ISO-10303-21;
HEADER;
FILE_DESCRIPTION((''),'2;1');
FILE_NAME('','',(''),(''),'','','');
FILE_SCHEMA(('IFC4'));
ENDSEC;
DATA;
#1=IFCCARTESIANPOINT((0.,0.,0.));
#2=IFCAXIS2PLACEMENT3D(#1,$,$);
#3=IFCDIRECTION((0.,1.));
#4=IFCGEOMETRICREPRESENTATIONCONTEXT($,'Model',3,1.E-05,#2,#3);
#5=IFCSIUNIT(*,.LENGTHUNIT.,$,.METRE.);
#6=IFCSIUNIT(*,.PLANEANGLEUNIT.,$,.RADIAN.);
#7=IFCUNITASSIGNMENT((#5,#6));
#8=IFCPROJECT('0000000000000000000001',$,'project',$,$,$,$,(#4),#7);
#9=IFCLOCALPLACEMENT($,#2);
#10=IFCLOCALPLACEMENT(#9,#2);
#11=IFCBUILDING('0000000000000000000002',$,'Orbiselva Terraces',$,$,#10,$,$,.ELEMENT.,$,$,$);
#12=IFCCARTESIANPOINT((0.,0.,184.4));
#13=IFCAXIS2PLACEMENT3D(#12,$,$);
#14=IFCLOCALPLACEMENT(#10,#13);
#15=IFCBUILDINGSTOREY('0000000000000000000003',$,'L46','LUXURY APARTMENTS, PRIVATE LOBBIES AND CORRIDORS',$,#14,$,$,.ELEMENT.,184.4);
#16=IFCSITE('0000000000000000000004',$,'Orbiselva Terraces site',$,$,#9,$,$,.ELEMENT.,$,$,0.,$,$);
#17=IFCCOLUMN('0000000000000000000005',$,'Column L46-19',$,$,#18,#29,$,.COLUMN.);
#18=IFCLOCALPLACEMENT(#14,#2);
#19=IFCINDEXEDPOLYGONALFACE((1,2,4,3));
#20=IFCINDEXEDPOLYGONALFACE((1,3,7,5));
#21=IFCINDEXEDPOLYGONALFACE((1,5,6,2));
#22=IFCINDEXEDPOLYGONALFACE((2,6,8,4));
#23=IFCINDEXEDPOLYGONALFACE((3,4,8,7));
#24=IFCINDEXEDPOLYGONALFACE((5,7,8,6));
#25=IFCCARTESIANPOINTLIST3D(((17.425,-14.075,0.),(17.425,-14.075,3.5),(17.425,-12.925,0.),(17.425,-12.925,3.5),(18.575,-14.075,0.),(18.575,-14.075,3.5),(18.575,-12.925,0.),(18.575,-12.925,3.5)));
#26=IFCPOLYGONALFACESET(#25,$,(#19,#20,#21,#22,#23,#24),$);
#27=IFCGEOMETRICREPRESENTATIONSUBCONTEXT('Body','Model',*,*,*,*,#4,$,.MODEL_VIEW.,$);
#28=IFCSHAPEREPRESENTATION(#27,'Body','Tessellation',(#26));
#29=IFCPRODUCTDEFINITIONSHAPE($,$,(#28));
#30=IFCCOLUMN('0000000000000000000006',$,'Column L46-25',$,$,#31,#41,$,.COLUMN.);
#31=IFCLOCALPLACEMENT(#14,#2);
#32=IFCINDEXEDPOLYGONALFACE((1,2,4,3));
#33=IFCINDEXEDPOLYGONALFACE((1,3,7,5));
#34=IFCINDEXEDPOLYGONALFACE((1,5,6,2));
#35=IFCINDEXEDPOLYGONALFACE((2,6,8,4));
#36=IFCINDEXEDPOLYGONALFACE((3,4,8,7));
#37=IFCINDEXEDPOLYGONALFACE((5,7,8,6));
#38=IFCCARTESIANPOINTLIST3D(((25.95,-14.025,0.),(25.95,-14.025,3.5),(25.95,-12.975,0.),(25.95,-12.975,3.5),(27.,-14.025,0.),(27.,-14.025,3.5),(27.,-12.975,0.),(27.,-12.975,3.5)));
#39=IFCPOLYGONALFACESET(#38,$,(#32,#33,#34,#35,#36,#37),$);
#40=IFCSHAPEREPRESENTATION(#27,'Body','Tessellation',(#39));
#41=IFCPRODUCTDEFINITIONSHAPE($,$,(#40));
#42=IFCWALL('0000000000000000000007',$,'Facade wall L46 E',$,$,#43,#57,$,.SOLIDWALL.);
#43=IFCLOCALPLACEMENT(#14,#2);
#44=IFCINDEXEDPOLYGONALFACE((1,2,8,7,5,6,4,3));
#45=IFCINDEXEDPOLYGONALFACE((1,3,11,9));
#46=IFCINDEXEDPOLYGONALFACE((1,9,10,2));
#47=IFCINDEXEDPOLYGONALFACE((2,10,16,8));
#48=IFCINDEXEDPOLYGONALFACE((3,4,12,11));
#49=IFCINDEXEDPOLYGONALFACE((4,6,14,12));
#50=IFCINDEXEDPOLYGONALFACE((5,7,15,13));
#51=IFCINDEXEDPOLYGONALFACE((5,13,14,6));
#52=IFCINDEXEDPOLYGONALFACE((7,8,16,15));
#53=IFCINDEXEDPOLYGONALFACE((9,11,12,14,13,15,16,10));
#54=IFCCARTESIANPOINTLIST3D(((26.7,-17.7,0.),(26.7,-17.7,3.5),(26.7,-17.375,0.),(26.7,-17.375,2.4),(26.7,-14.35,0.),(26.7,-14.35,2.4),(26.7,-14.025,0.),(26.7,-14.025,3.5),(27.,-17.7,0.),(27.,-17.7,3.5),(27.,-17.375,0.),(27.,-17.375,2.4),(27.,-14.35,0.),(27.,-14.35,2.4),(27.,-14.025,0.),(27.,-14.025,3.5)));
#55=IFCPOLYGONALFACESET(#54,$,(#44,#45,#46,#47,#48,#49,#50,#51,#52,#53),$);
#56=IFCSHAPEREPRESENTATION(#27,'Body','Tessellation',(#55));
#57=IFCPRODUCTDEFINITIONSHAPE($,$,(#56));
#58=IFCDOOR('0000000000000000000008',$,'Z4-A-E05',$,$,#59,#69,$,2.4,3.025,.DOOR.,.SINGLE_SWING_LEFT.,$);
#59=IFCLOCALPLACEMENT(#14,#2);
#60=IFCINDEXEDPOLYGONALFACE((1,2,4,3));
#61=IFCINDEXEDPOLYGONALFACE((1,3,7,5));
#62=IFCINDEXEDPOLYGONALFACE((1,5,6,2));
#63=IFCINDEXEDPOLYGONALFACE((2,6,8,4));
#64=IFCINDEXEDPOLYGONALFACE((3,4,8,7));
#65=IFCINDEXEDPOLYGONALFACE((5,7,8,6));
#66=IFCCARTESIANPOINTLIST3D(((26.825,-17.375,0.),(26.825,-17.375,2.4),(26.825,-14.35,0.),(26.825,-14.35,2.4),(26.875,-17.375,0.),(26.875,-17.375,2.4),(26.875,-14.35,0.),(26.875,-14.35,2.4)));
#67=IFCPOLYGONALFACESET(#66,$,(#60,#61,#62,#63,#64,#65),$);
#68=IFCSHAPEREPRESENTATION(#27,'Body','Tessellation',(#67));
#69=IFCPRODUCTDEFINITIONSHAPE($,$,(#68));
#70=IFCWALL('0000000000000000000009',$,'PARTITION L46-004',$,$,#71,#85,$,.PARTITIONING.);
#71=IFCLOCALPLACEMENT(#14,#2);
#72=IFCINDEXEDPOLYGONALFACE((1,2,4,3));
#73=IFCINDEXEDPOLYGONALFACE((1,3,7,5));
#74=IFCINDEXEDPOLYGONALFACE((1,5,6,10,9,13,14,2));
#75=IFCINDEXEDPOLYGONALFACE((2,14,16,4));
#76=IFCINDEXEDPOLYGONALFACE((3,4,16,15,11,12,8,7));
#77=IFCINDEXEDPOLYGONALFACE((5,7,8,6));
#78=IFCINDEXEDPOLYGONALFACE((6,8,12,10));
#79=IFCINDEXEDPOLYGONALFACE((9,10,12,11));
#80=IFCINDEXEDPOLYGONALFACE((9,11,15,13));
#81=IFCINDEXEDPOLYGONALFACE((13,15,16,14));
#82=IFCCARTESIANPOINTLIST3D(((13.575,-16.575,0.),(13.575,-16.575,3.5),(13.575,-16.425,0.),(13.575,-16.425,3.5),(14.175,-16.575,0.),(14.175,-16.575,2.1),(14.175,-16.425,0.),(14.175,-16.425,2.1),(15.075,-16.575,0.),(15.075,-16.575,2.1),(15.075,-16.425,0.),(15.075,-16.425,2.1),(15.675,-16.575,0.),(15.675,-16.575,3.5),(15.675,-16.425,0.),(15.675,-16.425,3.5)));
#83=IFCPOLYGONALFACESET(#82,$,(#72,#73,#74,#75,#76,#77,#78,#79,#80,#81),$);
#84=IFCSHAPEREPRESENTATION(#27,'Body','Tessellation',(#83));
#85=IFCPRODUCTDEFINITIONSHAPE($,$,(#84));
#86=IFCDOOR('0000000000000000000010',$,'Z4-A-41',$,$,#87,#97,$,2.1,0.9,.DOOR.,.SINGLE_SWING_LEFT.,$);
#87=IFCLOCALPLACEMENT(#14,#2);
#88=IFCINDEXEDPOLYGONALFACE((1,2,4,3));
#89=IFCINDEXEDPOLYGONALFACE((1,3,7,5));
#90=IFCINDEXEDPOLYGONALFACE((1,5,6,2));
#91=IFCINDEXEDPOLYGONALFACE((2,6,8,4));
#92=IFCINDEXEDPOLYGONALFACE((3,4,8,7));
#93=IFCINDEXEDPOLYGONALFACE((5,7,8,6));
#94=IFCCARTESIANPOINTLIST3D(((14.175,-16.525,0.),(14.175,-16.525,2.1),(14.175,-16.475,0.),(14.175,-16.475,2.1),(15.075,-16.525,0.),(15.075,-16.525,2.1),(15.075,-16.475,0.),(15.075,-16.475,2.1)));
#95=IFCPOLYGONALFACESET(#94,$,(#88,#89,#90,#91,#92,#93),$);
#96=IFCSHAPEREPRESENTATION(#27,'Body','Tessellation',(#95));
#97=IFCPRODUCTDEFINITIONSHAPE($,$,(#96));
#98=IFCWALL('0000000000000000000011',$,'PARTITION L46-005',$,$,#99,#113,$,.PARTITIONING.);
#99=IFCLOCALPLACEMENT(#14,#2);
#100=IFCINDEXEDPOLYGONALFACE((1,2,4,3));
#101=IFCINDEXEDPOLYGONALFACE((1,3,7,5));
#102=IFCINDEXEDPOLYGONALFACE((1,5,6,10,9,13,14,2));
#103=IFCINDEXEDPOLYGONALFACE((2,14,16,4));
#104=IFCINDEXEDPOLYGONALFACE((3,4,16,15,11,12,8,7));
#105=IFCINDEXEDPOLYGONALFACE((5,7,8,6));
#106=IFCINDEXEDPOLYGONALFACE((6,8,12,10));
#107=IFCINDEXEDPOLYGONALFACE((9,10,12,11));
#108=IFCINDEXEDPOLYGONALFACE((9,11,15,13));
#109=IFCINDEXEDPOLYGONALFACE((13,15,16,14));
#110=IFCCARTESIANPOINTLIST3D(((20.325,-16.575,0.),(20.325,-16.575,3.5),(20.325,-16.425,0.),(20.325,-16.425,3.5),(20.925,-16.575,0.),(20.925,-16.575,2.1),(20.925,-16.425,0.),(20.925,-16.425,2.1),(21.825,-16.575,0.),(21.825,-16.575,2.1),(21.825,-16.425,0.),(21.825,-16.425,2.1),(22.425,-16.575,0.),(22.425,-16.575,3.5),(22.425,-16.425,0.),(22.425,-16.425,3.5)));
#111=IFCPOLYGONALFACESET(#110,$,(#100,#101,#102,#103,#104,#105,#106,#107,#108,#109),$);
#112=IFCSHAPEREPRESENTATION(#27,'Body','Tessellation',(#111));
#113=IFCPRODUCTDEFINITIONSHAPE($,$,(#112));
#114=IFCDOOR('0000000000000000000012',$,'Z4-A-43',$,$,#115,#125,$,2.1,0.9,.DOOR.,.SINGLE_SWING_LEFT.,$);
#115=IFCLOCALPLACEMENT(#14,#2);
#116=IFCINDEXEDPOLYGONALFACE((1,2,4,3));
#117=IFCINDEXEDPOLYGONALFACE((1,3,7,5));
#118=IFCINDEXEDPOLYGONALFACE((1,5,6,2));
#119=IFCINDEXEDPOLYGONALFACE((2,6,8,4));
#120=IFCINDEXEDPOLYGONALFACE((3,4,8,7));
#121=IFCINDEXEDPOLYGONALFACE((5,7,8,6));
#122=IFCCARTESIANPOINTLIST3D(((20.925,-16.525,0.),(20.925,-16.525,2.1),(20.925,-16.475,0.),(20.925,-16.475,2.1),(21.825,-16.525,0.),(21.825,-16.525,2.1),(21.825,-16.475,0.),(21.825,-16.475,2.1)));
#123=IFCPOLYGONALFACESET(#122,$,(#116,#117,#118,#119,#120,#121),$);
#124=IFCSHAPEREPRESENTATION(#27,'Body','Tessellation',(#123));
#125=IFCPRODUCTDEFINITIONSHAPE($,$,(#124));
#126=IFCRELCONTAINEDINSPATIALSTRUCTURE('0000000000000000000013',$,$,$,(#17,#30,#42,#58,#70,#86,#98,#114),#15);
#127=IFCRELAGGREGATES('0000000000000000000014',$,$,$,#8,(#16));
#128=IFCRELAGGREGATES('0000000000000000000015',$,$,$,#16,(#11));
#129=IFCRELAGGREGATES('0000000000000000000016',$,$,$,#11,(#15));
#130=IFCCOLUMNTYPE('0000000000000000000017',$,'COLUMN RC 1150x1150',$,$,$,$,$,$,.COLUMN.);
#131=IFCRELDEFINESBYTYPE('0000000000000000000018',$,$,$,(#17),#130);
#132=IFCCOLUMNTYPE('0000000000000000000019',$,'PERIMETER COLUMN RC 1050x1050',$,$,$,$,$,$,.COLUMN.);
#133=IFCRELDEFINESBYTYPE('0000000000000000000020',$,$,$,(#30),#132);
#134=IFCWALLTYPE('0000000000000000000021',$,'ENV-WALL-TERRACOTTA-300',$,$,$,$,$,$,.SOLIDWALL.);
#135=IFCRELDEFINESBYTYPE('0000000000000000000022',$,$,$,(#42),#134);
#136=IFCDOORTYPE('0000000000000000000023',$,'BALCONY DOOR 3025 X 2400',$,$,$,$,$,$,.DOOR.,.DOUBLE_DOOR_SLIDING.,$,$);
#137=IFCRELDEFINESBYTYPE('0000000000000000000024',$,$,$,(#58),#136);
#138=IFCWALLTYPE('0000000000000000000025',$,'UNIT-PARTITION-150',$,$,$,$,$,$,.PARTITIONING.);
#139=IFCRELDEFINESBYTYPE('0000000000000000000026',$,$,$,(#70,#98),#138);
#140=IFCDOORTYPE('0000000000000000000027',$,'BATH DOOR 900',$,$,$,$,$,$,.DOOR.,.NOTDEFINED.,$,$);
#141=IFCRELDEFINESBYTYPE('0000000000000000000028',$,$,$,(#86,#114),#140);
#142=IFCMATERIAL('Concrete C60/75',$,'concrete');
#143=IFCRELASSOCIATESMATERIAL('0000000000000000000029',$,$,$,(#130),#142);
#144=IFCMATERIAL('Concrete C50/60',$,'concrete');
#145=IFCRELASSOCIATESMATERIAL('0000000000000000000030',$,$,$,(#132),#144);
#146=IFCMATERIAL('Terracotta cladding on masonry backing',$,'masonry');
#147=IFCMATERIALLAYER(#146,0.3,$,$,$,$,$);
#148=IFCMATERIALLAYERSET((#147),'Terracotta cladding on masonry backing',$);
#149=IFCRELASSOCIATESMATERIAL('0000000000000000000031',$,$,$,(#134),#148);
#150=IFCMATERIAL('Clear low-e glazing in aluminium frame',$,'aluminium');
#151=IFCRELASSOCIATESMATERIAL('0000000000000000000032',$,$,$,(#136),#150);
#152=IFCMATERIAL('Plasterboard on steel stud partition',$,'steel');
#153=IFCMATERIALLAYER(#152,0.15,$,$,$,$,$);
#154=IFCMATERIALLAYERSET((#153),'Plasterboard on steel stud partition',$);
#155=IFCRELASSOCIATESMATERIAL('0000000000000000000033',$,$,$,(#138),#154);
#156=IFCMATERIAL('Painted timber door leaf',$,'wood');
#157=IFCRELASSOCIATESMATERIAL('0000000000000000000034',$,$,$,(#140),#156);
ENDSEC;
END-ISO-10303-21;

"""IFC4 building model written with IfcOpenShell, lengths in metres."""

from ifc_helpers import new_model, si_unit, direction, frame, frame_2d, origin, origin_2d, place, context, subcontext, project, spatial, rectangle, extrude, material, layer, layer_set, material_profile, profile_set, type_object, element, fill, save


model = new_model("IFC4")

# Units and contexts
model_context = context("Model", 3, precision=1e-05, world=origin(), true_north=direction((0.0, 1.0)))
body_context = subcontext(model_context, "Body", "Model", "MODEL_VIEW")
ifc_project = project(units=[si_unit("LENGTHUNIT", "METRE"), si_unit("PLANEANGLEUNIT", "RADIAN")], contexts=[model_context])

# Site, building, storey
site_placement = place(None, origin())
site = spatial("IfcSite", under=ifc_project, at=site_placement, Name="Orbiselva Terraces site", CompositionType="ELEMENT", RefElevation=0.0)
building_placement = place(site_placement, origin())
building = spatial("IfcBuilding", under=site, at=building_placement, Name="Orbiselva Terraces", CompositionType="ELEMENT")
storey_placement = place(building_placement, frame((0.0, 0.0, 184.4)))
storey = spatial("IfcBuildingStorey", under=building, at=storey_placement, Name="L46", Description="LUXURY APARTMENTS, PRIVATE LOBBIES AND CORRIDORS", CompositionType="ELEMENT", Elevation=184.4)

# Columns
ifc_material_1 = material(Name="Concrete C60/75", Category="concrete")
ifc_material_profile_1 = material_profile(ifc_material_1, rectangle(XDim=1.15, YDim=1.15, at=origin_2d()), Name="RC 1150x1150")
ifc_profile_set_1 = profile_set([ifc_material_profile_1], Name="Concrete C60/75")
column_type_1 = type_object("IfcColumnType", Name="COLUMN RC 1150x1150", PredefinedType="COLUMN", material=ifc_profile_set_1)
column_1_placement = place(storey_placement, frame((18.0, -13.5, 0.0), z_axis=(0.0, 0.0, 1.0), x_axis=(1.0, 0.0, 0.0)))
element("IfcColumn", 1, at=column_1_placement, inside=storey, type_object=column_type_1, Name="Column L46-19", PredefinedType="COLUMN", context=body_context, shape_type="SweptSolid", body=[
    extrude(rectangle(XDim=1.15, YDim=1.15, at=origin_2d()), origin(), (0.0, 0.0, 1.0), 3.5),
])
ifc_material_2 = material(Name="Concrete C50/60", Category="concrete")
ifc_material_profile_2 = material_profile(ifc_material_2, rectangle(XDim=1.05, YDim=1.05, at=origin_2d()), Name="RC 1050x1050")
ifc_profile_set_2 = profile_set([ifc_material_profile_2], Name="Concrete C50/60")
column_type_2 = type_object("IfcColumnType", Name="PERIMETER COLUMN RC 1050x1050", PredefinedType="COLUMN", material=ifc_profile_set_2)
column_2_placement = place(storey_placement, frame((26.475, -13.5, 0.0), z_axis=(0.0, 0.0, 1.0), x_axis=(1.0, 0.0, 0.0)))
element("IfcColumn", 2, at=column_2_placement, inside=storey, type_object=column_type_2, Name="Column L46-25", PredefinedType="COLUMN", context=body_context, shape_type="SweptSolid", body=[
    extrude(rectangle(XDim=1.05, YDim=1.05, at=origin_2d()), origin(), (0.0, 0.0, 1.0), 3.5),
])

# Walls, openings, doors
ifc_material_3 = material(Name="Terracotta cladding on masonry backing", Category="masonry")
ifc_layer_1 = layer(ifc_material_3, 0.3)
ifc_layer_set_1 = layer_set([ifc_layer_1], Name="Terracotta cladding on masonry backing")
wall_type_1 = type_object("IfcWallType", Name="ENV-WALL-TERRACOTTA-300", PredefinedType="SOLIDWALL", material=ifc_layer_set_1)
wall_1_placement = place(storey_placement, frame((26.85, -14.025, 0.0), z_axis=(0.0, 0.0, 1.0), x_axis=(0.0, -1.0, 0.0)))
wall_1 = element("IfcWall", 3, at=wall_1_placement, inside=storey, type_object=wall_type_1, Name="Facade wall L46 E", PredefinedType="SOLIDWALL", context=body_context, shape_type="SweptSolid", body=[
    extrude(rectangle(XDim=3.675, YDim=0.3, at=frame_2d((1.8375, 0.0))), origin(), (0.0, 0.0, 1.0), 3.5),
])
opening_1_placement = place(wall_1_placement, frame((0.325, 0.0, 0.0)))
opening_1 = element("IfcOpeningElement", 4, at=opening_1_placement, cuts=wall_1, PredefinedType="OPENING", context=body_context, shape_type="SweptSolid", body=[
    extrude(rectangle(XDim=3.025, YDim=2.4, at=frame_2d((1.5125, 1.2))), frame((0.0, 0.16, 0.0), z_axis=(0.0, -1.0, 0.0), x_axis=(1.0, 0.0, 0.0)), (0.0, 0.0, 1.0), 0.32),
])
ifc_material_4 = material(Name="Clear low-e glazing in aluminium frame", Category="aluminium")
door_type_1 = type_object("IfcDoorType", Name="BALCONY DOOR 3025 X 2400", OperationType="DOUBLE_DOOR_SLIDING", PredefinedType="DOOR", material=ifc_material_4)
door_1_placement = place(opening_1_placement, origin())
door_1 = element("IfcDoor", 5, at=door_1_placement, inside=storey, type_object=door_type_1, Name="Z4-A-E05", OperationType="SINGLE_SWING_LEFT", OverallHeight=2.4, OverallWidth=3.025, PredefinedType="DOOR", context=body_context, shape_type="SweptSolid", body=[
    extrude(rectangle(XDim=3.025, YDim=2.4, at=frame_2d((1.5125, 1.2))), frame((0.0, 0.025, 0.0), z_axis=(0.0, -1.0, 0.0), x_axis=(1.0, 0.0, 0.0)), (0.0, 0.0, 1.0), 0.05),
])
fill(opening_1, door_1)
ifc_material_5 = material(Name="Plasterboard on steel stud partition", Category="steel")
ifc_layer_2 = layer(ifc_material_5, 0.15)
ifc_layer_set_2 = layer_set([ifc_layer_2], Name="Plasterboard on steel stud partition")
wall_type_2 = type_object("IfcWallType", Name="UNIT-PARTITION-150", PredefinedType="PARTITIONING", material=ifc_layer_set_2)
wall_2_placement = place(storey_placement, frame((13.575, -16.5, 0.0), z_axis=(0.0, 0.0, 1.0), x_axis=(1.0, 0.0, 0.0)))
wall_2 = element("IfcWall", 6, at=wall_2_placement, inside=storey, type_object=wall_type_2, Name="PARTITION L46-004", PredefinedType="PARTITIONING", context=body_context, shape_type="SweptSolid", body=[
    extrude(rectangle(XDim=2.1, YDim=0.15, at=frame_2d((1.05, 0.0))), origin(), (0.0, 0.0, 1.0), 3.5),
])
opening_2_placement = place(wall_2_placement, frame((0.6, 0.0, 0.0)))
opening_2 = element("IfcOpeningElement", 7, at=opening_2_placement, cuts=wall_2, PredefinedType="OPENING", context=body_context, shape_type="SweptSolid", body=[
    extrude(rectangle(XDim=0.9, YDim=2.1, at=frame_2d((0.45, 1.05))), frame((0.0, 0.085, 0.0), z_axis=(0.0, -1.0, 0.0), x_axis=(1.0, 0.0, 0.0)), (0.0, 0.0, 1.0), 0.17),
])
ifc_material_6 = material(Name="Painted timber door leaf", Category="wood")
door_type_2 = type_object("IfcDoorType", Name="BATH DOOR 900", OperationType="NOTDEFINED", PredefinedType="DOOR", material=ifc_material_6)
door_2_placement = place(opening_2_placement, origin())
door_2 = element("IfcDoor", 8, at=door_2_placement, inside=storey, type_object=door_type_2, Name="Z4-A-41", OperationType="SINGLE_SWING_LEFT", OverallHeight=2.1, OverallWidth=0.9, PredefinedType="DOOR", context=body_context, shape_type="SweptSolid", body=[
    extrude(rectangle(XDim=0.9, YDim=2.1, at=frame_2d((0.45, 1.05))), frame((0.0, 0.025, 0.0), z_axis=(0.0, -1.0, 0.0), x_axis=(1.0, 0.0, 0.0)), (0.0, 0.0, 1.0), 0.05),
])
fill(opening_2, door_2)
wall_3_placement = place(storey_placement, frame((20.325, -16.5, 0.0), z_axis=(0.0, 0.0, 1.0), x_axis=(1.0, 0.0, 0.0)))
wall_3 = element("IfcWall", 9, at=wall_3_placement, inside=storey, type_object=wall_type_2, Name="PARTITION L46-005", PredefinedType="PARTITIONING", context=body_context, shape_type="SweptSolid", body=[
    extrude(rectangle(XDim=2.1, YDim=0.15, at=frame_2d((1.05, 0.0))), origin(), (0.0, 0.0, 1.0), 3.5),
])
opening_3_placement = place(wall_3_placement, frame((0.6, 0.0, 0.0)))
opening_3 = element("IfcOpeningElement", 10, at=opening_3_placement, cuts=wall_3, PredefinedType="OPENING", context=body_context, shape_type="SweptSolid", body=[
    extrude(rectangle(XDim=0.9, YDim=2.1, at=frame_2d((0.45, 1.05))), frame((0.0, 0.085, 0.0), z_axis=(0.0, -1.0, 0.0), x_axis=(1.0, 0.0, 0.0)), (0.0, 0.0, 1.0), 0.17),
])
door_3_placement = place(opening_3_placement, origin())
door_3 = element("IfcDoor", 11, at=door_3_placement, inside=storey, type_object=door_type_2, Name="Z4-A-43", OperationType="SINGLE_SWING_LEFT", OverallHeight=2.1, OverallWidth=0.9, PredefinedType="DOOR", context=body_context, shape_type="SweptSolid", body=[
    extrude(rectangle(XDim=0.9, YDim=2.1, at=frame_2d((0.45, 1.05))), frame((0.0, 0.025, 0.0), z_axis=(0.0, -1.0, 0.0), x_axis=(1.0, 0.0, 0.0)), (0.0, 0.0, 1.0), 0.05),
])
fill(opening_3, door_3)

save(model, "model.ifc")
